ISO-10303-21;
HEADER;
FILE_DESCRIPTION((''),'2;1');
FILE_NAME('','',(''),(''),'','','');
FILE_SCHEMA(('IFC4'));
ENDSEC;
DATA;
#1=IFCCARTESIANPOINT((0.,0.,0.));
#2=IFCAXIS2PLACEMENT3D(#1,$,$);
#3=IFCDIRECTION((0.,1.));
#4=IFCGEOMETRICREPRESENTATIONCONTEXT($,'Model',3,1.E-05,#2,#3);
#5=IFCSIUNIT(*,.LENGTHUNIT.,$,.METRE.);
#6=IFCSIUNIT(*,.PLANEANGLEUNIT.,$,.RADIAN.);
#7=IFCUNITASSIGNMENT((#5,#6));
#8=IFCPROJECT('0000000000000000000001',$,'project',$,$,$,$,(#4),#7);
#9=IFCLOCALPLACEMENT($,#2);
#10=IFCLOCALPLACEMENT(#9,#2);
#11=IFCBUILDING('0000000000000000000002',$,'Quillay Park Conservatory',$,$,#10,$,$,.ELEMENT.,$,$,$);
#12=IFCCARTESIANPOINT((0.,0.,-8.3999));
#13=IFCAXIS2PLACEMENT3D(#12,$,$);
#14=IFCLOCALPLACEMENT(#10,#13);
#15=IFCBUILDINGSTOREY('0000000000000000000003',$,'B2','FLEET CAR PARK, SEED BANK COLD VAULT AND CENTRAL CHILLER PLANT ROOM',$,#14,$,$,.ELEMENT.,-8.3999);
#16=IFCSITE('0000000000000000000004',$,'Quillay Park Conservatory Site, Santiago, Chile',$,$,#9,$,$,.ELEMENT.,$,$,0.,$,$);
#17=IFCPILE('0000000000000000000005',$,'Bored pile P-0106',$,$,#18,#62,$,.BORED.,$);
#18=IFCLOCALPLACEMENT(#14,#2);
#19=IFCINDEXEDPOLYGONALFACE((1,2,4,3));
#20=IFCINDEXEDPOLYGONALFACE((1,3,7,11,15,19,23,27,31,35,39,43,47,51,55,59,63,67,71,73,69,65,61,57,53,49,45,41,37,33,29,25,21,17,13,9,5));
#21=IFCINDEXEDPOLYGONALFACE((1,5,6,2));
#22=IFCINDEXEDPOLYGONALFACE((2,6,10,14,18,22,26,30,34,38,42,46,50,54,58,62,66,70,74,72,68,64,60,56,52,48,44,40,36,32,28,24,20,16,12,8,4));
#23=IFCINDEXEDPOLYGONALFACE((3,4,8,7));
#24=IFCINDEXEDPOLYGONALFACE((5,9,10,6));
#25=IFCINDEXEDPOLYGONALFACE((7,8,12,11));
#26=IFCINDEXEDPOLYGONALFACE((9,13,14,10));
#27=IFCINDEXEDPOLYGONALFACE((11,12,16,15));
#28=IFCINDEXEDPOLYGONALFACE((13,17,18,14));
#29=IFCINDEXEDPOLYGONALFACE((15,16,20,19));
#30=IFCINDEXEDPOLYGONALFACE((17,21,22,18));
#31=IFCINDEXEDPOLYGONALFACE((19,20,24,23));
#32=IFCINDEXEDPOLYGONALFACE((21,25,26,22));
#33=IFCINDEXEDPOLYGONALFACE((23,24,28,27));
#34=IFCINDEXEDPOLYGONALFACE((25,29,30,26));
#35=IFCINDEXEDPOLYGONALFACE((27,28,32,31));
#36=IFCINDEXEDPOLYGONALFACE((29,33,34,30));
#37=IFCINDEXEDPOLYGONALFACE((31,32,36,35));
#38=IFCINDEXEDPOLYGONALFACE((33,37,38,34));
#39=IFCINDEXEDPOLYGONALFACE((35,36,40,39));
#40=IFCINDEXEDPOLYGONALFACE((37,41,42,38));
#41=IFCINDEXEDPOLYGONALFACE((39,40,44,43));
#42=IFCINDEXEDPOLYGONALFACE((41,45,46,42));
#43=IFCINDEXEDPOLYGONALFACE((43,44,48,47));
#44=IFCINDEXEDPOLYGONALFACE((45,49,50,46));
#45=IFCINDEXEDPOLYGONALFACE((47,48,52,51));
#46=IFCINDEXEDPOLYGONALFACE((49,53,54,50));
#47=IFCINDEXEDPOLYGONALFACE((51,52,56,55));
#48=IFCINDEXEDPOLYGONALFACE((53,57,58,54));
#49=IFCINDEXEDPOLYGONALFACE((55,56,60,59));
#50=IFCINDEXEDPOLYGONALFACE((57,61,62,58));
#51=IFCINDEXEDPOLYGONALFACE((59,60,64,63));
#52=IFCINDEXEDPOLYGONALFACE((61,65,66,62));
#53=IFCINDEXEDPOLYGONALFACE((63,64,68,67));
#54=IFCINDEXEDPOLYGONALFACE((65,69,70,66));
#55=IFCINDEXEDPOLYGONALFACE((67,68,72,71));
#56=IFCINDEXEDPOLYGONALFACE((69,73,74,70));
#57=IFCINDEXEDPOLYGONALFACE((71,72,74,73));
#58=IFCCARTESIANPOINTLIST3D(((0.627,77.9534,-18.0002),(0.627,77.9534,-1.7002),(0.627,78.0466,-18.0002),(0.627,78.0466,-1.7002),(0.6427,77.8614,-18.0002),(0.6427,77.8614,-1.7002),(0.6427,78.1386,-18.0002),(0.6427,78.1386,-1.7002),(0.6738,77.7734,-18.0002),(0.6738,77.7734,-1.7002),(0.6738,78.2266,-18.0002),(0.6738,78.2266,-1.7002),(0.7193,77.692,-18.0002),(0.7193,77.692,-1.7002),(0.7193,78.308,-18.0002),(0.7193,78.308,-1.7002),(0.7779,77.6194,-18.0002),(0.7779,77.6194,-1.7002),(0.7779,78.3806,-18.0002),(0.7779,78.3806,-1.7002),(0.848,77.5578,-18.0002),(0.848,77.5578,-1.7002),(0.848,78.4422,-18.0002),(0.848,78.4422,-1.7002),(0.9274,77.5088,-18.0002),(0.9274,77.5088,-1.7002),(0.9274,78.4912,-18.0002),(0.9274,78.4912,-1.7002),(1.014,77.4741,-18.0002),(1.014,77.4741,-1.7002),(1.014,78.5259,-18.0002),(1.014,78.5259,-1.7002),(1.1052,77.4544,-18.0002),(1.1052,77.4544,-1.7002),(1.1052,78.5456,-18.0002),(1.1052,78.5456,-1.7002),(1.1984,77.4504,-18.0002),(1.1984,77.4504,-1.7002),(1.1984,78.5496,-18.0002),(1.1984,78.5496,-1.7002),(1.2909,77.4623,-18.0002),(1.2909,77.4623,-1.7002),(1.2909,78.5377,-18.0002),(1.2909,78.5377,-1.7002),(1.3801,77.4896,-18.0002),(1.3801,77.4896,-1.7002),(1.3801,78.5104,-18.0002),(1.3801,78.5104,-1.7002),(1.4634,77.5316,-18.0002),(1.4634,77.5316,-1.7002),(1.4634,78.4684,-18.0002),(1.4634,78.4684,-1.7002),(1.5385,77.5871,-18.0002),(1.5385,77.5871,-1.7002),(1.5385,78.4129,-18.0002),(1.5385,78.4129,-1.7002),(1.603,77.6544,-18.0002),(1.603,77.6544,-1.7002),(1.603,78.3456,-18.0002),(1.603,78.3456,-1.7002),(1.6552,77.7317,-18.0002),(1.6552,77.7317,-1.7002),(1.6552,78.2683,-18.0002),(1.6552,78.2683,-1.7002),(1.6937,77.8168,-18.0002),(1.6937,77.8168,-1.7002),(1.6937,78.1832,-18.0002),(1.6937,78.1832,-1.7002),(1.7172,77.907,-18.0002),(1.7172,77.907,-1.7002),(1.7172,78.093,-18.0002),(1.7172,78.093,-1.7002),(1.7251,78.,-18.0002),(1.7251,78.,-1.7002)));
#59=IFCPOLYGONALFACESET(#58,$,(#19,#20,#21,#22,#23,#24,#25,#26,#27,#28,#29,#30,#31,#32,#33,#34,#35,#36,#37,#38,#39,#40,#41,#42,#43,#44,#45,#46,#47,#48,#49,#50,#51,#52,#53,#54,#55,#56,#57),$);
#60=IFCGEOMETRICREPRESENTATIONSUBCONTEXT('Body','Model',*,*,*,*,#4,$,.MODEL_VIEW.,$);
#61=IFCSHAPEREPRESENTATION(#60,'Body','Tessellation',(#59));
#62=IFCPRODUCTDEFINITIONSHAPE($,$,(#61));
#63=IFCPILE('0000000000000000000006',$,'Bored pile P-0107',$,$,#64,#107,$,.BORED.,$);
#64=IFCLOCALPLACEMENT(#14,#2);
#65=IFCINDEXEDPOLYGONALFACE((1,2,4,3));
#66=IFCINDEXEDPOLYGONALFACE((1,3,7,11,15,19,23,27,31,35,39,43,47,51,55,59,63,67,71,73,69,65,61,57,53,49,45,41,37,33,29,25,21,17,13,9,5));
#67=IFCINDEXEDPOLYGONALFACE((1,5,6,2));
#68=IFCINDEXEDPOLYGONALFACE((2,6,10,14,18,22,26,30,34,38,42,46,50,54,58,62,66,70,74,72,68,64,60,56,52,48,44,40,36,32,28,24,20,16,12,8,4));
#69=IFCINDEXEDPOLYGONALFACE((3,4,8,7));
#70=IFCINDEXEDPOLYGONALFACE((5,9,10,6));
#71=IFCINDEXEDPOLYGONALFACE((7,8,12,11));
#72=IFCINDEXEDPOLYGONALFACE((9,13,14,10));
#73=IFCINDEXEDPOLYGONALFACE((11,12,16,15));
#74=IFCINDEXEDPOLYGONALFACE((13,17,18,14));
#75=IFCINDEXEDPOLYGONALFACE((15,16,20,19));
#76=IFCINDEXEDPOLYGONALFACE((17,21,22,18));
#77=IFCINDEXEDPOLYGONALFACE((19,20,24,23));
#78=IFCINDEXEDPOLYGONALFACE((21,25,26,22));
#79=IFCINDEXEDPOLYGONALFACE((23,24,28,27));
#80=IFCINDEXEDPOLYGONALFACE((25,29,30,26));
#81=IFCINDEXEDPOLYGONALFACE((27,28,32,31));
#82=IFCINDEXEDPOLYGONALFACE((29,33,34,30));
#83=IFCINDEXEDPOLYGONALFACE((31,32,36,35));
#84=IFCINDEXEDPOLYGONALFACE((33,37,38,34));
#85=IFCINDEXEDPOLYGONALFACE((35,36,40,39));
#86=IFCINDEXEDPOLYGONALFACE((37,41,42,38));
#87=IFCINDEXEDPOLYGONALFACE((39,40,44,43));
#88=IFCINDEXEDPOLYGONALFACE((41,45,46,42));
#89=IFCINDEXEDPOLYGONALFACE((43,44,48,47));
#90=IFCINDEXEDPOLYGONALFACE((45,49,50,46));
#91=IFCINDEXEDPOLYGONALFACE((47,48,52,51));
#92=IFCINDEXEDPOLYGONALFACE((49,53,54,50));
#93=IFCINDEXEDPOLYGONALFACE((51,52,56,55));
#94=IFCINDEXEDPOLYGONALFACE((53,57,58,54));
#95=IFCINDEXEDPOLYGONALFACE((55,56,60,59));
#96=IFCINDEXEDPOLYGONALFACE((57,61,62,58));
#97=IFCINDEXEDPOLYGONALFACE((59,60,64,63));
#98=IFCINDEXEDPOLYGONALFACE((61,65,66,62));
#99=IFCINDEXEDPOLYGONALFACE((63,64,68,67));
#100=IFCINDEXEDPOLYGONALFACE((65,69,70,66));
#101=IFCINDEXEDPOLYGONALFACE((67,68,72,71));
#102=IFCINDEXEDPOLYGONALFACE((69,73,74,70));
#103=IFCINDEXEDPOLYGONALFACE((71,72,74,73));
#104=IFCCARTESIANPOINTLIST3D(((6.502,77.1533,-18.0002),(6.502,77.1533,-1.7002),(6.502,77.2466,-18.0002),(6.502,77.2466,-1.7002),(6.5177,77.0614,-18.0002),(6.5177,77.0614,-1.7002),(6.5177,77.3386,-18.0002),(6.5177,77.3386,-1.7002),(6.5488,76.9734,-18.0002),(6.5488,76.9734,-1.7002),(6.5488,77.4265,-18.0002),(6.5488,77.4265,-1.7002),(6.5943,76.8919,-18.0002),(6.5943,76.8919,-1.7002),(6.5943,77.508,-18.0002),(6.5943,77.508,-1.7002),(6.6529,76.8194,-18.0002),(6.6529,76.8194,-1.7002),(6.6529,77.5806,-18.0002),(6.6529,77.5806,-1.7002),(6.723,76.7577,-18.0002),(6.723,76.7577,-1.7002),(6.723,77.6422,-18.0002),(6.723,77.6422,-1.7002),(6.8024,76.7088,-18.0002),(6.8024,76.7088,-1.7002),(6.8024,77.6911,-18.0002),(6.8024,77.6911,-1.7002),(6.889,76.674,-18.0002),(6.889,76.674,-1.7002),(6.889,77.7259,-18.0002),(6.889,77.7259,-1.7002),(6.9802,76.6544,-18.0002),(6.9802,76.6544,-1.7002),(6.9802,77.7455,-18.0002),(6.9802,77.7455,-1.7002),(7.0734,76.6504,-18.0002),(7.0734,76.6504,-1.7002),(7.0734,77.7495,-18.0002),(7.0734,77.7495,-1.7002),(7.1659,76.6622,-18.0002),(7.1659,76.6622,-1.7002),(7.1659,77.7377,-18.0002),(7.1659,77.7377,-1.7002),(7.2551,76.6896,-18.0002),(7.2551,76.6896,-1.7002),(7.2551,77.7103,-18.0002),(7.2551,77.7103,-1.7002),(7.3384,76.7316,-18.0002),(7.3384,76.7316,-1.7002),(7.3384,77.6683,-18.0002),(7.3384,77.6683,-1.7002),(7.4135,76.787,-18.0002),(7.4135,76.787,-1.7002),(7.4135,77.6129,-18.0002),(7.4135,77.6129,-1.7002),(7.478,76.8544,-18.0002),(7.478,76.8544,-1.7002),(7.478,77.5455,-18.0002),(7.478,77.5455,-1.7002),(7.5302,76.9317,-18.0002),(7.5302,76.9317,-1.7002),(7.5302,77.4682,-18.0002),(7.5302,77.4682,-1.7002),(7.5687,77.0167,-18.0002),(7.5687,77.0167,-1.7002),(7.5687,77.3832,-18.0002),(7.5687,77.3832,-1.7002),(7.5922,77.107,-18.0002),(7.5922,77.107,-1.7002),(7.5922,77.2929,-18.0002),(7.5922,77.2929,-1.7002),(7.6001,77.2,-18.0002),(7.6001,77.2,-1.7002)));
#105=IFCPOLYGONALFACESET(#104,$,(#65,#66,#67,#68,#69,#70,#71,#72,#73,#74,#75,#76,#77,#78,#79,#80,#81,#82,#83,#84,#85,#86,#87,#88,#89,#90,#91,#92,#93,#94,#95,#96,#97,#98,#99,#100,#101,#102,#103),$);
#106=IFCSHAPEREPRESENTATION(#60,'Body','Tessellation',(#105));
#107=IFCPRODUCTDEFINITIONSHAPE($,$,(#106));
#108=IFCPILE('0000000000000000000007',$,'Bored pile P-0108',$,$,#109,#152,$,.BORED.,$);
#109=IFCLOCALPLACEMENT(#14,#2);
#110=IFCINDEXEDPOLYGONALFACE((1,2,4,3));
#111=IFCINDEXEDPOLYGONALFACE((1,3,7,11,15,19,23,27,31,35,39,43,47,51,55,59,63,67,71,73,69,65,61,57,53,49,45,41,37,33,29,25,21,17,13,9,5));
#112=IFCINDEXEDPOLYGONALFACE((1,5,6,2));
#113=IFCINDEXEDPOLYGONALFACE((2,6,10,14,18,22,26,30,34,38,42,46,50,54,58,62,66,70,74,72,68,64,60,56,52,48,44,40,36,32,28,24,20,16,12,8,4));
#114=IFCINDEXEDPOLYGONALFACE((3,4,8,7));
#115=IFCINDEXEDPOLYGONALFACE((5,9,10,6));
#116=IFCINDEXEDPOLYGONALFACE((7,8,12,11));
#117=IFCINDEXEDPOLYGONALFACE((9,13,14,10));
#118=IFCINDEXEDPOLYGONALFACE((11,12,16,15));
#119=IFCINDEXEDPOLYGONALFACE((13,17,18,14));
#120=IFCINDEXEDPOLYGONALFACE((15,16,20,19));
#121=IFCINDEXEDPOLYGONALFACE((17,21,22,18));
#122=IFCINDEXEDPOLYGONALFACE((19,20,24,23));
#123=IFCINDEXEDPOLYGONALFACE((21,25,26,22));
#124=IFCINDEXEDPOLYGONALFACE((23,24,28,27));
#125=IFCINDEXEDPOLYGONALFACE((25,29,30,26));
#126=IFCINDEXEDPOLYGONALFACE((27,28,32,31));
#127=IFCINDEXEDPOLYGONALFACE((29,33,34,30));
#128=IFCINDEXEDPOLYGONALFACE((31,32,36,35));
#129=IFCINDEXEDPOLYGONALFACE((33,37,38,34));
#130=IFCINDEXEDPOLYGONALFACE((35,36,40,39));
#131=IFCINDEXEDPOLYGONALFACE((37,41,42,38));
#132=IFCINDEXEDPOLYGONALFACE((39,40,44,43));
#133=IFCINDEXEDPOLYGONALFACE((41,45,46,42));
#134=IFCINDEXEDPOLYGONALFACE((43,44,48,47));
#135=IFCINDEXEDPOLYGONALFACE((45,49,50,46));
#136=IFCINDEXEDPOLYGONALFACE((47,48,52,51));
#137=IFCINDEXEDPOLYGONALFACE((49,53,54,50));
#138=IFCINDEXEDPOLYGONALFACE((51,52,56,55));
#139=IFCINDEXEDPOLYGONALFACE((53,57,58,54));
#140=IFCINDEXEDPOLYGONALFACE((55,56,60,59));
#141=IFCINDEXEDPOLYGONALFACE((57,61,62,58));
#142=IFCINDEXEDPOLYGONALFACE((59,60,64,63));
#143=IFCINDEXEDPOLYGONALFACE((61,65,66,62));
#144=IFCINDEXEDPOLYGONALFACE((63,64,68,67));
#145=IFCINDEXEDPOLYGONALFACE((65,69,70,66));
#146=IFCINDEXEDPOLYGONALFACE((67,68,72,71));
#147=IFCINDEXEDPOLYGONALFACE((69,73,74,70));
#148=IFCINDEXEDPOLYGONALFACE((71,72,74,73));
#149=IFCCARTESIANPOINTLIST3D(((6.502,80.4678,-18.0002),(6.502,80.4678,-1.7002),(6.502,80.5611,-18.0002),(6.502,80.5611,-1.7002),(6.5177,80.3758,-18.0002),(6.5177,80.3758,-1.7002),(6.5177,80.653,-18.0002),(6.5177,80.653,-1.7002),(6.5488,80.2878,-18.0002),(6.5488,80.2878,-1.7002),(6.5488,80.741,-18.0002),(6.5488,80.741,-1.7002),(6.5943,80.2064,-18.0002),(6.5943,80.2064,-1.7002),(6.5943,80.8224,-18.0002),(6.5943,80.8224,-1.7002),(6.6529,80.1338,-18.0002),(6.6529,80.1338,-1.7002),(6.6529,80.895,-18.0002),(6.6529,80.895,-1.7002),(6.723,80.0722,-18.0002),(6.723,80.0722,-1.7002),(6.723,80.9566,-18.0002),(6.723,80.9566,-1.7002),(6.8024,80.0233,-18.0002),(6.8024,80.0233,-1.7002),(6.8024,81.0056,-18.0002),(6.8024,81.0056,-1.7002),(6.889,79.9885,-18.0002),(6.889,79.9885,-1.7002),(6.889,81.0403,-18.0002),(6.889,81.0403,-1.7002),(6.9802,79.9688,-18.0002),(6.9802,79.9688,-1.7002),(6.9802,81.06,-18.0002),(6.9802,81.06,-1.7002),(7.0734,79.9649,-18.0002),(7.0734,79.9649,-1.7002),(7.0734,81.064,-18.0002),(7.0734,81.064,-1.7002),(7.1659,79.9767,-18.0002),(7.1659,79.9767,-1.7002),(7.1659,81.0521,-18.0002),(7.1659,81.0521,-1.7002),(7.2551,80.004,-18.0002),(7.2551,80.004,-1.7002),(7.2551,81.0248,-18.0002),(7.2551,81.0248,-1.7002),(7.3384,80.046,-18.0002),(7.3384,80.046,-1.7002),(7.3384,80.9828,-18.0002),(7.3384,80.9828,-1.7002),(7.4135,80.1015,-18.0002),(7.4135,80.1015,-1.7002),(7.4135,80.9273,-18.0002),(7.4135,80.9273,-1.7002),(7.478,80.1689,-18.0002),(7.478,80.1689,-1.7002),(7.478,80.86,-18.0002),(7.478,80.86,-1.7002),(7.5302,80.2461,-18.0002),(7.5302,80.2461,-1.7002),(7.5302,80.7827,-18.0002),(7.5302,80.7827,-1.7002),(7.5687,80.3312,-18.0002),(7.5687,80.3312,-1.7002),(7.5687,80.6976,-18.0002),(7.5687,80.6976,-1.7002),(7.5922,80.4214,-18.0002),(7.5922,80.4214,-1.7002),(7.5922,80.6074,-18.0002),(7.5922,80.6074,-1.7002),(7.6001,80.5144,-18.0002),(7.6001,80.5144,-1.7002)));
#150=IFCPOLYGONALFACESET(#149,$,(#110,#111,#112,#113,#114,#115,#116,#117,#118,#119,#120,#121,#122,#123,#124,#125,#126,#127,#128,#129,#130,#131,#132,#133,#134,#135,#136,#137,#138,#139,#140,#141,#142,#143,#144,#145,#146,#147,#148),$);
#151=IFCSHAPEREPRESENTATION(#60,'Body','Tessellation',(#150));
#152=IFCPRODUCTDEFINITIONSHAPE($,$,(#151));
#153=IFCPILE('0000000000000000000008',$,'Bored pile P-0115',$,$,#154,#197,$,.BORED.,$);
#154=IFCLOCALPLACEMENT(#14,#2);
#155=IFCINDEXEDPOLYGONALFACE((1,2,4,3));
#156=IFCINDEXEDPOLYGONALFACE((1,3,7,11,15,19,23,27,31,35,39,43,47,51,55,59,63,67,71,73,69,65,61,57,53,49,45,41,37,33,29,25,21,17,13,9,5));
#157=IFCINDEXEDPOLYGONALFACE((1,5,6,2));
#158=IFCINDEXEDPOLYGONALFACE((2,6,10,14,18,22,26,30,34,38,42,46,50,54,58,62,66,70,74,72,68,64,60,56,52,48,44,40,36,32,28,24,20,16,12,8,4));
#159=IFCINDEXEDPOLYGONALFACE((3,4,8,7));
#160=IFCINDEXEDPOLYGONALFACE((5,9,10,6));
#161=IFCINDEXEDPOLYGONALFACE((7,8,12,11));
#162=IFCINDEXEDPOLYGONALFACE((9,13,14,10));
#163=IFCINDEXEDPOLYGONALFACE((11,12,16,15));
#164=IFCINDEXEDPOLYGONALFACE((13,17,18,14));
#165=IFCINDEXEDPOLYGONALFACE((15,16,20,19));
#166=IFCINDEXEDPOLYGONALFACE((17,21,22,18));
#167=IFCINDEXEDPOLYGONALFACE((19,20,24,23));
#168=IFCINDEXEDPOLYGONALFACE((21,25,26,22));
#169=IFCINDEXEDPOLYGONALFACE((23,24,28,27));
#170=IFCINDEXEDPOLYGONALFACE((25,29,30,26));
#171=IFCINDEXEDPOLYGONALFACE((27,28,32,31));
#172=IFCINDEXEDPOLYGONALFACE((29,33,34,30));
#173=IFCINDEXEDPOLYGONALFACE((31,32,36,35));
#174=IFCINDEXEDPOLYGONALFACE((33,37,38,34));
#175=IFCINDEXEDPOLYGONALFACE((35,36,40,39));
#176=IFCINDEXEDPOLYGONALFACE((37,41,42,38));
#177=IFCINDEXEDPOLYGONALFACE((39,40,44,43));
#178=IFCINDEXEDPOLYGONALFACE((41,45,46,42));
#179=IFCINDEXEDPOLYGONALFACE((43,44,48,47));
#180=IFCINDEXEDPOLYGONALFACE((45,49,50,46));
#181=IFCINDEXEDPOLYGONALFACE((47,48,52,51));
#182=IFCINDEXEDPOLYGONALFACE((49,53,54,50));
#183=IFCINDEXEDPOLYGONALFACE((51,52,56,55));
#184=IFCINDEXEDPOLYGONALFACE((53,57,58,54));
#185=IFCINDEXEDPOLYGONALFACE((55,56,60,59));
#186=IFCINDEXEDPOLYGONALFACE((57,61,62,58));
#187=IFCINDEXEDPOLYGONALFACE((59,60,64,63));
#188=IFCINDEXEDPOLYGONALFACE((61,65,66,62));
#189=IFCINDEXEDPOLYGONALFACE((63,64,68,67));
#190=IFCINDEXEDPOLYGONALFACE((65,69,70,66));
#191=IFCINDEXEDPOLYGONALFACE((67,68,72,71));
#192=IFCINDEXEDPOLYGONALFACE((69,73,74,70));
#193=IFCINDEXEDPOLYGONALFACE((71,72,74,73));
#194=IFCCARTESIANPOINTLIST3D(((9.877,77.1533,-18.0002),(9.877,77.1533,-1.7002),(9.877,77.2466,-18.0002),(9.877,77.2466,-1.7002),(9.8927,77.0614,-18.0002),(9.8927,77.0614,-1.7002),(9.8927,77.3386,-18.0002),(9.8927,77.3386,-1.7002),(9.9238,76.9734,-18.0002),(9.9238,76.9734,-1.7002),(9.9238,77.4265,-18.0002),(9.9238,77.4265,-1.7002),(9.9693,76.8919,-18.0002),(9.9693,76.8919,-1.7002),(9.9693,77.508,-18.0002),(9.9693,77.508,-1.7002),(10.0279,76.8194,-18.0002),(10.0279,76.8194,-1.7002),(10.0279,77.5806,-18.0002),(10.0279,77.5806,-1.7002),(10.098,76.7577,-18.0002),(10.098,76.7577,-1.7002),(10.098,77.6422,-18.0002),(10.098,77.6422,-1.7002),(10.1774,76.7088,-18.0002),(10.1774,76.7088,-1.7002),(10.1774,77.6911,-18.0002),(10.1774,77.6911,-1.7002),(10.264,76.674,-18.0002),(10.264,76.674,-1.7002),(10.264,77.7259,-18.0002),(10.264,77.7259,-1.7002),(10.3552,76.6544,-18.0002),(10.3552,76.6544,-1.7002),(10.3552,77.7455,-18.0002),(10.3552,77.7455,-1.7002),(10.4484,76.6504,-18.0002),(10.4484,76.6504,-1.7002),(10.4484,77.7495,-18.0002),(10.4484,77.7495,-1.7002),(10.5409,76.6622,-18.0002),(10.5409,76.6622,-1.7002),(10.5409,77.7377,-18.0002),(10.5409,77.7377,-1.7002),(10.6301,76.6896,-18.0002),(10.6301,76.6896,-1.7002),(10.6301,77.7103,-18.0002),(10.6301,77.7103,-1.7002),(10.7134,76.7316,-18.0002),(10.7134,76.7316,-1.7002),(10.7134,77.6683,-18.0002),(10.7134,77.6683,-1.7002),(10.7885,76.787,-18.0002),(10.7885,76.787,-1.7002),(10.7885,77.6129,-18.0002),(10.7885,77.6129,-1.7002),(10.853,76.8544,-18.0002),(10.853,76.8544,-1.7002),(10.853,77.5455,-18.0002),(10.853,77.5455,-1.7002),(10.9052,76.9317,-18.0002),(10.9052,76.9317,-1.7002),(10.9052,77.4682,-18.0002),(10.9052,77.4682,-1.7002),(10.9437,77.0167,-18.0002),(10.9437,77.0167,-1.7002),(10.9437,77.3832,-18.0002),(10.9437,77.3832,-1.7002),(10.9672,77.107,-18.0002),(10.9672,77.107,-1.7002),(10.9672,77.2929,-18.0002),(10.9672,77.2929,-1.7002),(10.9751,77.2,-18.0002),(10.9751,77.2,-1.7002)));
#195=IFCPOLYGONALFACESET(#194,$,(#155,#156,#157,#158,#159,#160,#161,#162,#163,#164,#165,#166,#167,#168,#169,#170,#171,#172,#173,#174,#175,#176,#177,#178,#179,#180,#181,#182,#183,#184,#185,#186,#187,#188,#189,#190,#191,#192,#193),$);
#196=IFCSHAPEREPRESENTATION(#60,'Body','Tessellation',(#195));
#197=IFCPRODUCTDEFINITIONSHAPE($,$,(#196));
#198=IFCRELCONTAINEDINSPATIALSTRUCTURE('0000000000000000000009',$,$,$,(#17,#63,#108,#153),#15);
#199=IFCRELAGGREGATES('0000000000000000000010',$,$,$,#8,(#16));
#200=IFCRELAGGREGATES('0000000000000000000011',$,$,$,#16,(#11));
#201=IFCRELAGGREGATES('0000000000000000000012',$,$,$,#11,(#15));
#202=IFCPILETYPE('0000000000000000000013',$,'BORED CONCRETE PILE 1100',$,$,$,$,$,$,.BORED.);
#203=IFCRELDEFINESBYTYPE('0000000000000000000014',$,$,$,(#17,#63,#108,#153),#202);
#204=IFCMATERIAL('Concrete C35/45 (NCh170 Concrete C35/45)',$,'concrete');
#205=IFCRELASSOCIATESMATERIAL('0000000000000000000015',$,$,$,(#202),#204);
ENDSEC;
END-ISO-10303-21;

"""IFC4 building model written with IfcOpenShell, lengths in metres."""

from ifc_helpers import new_model, si_unit, direction, frame, origin, origin_2d, place, context, subcontext, project, spatial, circle, extrude, material, material_profile, profile_set, type_object, element, save


model = new_model("IFC4")

# Units and contexts
model_context = context("Model", 3, precision=1e-05, world=origin(), true_north=direction((0.0, 1.0)))
body_context = subcontext(model_context, "Body", "Model", "MODEL_VIEW")
ifc_project = project(units=[si_unit("LENGTHUNIT", "METRE"), si_unit("PLANEANGLEUNIT", "RADIAN")], contexts=[model_context])

# Site, building, storey
site_placement = place(None, origin())
site = spatial("IfcSite", under=ifc_project, at=site_placement, Name="Quillay Park Conservatory Site, Santiago, Chile", CompositionType="ELEMENT", RefElevation=0.0)
building_placement = place(site_placement, origin())
building = spatial("IfcBuilding", under=site, at=building_placement, Name="Quillay Park Conservatory", CompositionType="ELEMENT")
storey_placement = place(building_placement, frame((0.0, 0.0, -8.3999)))
storey = spatial("IfcBuildingStorey", under=building, at=storey_placement, Name="B2", Description="FLEET CAR PARK, SEED BANK COLD VAULT AND CENTRAL CHILLER PLANT ROOM", CompositionType="ELEMENT", Elevation=-8.3999)

# Piles
ifc_material_1 = material(Name="Concrete C35/45 (NCh170 Concrete C35/45)", Category="concrete")
ifc_material_profile_1 = material_profile(ifc_material_1, circle(Radius=0.55, at=origin_2d()), Name="PILE1100")
ifc_profile_set_1 = profile_set([ifc_material_profile_1], Name="Concrete C35/45 (NCh170 Concrete C35/45)")
pile_type = type_object("IfcPileType", Name="BORED CONCRETE PILE 1100", PredefinedType="BORED", material=ifc_profile_set_1)
for number, where, z_axis, x_axis, name in (
    (1, (1.175, 78.0, -1.7002), (0.0, 0.0, -1.0), (1.0, 0.0, 0.0), "Bored pile P-0106"),
    (2, (7.05, 77.2, -1.7002), (0.0, 0.0, -1.0), (1.0, 0.0, 0.0), "Bored pile P-0107"),
    (3, (7.05, 80.5144, -1.7002), (0.0, 0.0, -1.0), (1.0, 0.0, 0.0), "Bored pile P-0108"),
    (4, (10.425, 77.2, -1.7002), (0.0, 0.0, -1.0), (1.0, 0.0, 0.0), "Bored pile P-0115"),
):
    element("IfcPile", number, at=place(storey_placement, frame(where, z_axis=z_axis, x_axis=x_axis)), inside=storey, type_object=pile_type, Name=name, PredefinedType="BORED", context=body_context, shape_type="SweptSolid", body=[
        extrude(circle(Radius=0.55, at=origin_2d()), origin(), (0.0, 0.0, 1.0), 16.3),
    ])

save(model, "model.ifc")
